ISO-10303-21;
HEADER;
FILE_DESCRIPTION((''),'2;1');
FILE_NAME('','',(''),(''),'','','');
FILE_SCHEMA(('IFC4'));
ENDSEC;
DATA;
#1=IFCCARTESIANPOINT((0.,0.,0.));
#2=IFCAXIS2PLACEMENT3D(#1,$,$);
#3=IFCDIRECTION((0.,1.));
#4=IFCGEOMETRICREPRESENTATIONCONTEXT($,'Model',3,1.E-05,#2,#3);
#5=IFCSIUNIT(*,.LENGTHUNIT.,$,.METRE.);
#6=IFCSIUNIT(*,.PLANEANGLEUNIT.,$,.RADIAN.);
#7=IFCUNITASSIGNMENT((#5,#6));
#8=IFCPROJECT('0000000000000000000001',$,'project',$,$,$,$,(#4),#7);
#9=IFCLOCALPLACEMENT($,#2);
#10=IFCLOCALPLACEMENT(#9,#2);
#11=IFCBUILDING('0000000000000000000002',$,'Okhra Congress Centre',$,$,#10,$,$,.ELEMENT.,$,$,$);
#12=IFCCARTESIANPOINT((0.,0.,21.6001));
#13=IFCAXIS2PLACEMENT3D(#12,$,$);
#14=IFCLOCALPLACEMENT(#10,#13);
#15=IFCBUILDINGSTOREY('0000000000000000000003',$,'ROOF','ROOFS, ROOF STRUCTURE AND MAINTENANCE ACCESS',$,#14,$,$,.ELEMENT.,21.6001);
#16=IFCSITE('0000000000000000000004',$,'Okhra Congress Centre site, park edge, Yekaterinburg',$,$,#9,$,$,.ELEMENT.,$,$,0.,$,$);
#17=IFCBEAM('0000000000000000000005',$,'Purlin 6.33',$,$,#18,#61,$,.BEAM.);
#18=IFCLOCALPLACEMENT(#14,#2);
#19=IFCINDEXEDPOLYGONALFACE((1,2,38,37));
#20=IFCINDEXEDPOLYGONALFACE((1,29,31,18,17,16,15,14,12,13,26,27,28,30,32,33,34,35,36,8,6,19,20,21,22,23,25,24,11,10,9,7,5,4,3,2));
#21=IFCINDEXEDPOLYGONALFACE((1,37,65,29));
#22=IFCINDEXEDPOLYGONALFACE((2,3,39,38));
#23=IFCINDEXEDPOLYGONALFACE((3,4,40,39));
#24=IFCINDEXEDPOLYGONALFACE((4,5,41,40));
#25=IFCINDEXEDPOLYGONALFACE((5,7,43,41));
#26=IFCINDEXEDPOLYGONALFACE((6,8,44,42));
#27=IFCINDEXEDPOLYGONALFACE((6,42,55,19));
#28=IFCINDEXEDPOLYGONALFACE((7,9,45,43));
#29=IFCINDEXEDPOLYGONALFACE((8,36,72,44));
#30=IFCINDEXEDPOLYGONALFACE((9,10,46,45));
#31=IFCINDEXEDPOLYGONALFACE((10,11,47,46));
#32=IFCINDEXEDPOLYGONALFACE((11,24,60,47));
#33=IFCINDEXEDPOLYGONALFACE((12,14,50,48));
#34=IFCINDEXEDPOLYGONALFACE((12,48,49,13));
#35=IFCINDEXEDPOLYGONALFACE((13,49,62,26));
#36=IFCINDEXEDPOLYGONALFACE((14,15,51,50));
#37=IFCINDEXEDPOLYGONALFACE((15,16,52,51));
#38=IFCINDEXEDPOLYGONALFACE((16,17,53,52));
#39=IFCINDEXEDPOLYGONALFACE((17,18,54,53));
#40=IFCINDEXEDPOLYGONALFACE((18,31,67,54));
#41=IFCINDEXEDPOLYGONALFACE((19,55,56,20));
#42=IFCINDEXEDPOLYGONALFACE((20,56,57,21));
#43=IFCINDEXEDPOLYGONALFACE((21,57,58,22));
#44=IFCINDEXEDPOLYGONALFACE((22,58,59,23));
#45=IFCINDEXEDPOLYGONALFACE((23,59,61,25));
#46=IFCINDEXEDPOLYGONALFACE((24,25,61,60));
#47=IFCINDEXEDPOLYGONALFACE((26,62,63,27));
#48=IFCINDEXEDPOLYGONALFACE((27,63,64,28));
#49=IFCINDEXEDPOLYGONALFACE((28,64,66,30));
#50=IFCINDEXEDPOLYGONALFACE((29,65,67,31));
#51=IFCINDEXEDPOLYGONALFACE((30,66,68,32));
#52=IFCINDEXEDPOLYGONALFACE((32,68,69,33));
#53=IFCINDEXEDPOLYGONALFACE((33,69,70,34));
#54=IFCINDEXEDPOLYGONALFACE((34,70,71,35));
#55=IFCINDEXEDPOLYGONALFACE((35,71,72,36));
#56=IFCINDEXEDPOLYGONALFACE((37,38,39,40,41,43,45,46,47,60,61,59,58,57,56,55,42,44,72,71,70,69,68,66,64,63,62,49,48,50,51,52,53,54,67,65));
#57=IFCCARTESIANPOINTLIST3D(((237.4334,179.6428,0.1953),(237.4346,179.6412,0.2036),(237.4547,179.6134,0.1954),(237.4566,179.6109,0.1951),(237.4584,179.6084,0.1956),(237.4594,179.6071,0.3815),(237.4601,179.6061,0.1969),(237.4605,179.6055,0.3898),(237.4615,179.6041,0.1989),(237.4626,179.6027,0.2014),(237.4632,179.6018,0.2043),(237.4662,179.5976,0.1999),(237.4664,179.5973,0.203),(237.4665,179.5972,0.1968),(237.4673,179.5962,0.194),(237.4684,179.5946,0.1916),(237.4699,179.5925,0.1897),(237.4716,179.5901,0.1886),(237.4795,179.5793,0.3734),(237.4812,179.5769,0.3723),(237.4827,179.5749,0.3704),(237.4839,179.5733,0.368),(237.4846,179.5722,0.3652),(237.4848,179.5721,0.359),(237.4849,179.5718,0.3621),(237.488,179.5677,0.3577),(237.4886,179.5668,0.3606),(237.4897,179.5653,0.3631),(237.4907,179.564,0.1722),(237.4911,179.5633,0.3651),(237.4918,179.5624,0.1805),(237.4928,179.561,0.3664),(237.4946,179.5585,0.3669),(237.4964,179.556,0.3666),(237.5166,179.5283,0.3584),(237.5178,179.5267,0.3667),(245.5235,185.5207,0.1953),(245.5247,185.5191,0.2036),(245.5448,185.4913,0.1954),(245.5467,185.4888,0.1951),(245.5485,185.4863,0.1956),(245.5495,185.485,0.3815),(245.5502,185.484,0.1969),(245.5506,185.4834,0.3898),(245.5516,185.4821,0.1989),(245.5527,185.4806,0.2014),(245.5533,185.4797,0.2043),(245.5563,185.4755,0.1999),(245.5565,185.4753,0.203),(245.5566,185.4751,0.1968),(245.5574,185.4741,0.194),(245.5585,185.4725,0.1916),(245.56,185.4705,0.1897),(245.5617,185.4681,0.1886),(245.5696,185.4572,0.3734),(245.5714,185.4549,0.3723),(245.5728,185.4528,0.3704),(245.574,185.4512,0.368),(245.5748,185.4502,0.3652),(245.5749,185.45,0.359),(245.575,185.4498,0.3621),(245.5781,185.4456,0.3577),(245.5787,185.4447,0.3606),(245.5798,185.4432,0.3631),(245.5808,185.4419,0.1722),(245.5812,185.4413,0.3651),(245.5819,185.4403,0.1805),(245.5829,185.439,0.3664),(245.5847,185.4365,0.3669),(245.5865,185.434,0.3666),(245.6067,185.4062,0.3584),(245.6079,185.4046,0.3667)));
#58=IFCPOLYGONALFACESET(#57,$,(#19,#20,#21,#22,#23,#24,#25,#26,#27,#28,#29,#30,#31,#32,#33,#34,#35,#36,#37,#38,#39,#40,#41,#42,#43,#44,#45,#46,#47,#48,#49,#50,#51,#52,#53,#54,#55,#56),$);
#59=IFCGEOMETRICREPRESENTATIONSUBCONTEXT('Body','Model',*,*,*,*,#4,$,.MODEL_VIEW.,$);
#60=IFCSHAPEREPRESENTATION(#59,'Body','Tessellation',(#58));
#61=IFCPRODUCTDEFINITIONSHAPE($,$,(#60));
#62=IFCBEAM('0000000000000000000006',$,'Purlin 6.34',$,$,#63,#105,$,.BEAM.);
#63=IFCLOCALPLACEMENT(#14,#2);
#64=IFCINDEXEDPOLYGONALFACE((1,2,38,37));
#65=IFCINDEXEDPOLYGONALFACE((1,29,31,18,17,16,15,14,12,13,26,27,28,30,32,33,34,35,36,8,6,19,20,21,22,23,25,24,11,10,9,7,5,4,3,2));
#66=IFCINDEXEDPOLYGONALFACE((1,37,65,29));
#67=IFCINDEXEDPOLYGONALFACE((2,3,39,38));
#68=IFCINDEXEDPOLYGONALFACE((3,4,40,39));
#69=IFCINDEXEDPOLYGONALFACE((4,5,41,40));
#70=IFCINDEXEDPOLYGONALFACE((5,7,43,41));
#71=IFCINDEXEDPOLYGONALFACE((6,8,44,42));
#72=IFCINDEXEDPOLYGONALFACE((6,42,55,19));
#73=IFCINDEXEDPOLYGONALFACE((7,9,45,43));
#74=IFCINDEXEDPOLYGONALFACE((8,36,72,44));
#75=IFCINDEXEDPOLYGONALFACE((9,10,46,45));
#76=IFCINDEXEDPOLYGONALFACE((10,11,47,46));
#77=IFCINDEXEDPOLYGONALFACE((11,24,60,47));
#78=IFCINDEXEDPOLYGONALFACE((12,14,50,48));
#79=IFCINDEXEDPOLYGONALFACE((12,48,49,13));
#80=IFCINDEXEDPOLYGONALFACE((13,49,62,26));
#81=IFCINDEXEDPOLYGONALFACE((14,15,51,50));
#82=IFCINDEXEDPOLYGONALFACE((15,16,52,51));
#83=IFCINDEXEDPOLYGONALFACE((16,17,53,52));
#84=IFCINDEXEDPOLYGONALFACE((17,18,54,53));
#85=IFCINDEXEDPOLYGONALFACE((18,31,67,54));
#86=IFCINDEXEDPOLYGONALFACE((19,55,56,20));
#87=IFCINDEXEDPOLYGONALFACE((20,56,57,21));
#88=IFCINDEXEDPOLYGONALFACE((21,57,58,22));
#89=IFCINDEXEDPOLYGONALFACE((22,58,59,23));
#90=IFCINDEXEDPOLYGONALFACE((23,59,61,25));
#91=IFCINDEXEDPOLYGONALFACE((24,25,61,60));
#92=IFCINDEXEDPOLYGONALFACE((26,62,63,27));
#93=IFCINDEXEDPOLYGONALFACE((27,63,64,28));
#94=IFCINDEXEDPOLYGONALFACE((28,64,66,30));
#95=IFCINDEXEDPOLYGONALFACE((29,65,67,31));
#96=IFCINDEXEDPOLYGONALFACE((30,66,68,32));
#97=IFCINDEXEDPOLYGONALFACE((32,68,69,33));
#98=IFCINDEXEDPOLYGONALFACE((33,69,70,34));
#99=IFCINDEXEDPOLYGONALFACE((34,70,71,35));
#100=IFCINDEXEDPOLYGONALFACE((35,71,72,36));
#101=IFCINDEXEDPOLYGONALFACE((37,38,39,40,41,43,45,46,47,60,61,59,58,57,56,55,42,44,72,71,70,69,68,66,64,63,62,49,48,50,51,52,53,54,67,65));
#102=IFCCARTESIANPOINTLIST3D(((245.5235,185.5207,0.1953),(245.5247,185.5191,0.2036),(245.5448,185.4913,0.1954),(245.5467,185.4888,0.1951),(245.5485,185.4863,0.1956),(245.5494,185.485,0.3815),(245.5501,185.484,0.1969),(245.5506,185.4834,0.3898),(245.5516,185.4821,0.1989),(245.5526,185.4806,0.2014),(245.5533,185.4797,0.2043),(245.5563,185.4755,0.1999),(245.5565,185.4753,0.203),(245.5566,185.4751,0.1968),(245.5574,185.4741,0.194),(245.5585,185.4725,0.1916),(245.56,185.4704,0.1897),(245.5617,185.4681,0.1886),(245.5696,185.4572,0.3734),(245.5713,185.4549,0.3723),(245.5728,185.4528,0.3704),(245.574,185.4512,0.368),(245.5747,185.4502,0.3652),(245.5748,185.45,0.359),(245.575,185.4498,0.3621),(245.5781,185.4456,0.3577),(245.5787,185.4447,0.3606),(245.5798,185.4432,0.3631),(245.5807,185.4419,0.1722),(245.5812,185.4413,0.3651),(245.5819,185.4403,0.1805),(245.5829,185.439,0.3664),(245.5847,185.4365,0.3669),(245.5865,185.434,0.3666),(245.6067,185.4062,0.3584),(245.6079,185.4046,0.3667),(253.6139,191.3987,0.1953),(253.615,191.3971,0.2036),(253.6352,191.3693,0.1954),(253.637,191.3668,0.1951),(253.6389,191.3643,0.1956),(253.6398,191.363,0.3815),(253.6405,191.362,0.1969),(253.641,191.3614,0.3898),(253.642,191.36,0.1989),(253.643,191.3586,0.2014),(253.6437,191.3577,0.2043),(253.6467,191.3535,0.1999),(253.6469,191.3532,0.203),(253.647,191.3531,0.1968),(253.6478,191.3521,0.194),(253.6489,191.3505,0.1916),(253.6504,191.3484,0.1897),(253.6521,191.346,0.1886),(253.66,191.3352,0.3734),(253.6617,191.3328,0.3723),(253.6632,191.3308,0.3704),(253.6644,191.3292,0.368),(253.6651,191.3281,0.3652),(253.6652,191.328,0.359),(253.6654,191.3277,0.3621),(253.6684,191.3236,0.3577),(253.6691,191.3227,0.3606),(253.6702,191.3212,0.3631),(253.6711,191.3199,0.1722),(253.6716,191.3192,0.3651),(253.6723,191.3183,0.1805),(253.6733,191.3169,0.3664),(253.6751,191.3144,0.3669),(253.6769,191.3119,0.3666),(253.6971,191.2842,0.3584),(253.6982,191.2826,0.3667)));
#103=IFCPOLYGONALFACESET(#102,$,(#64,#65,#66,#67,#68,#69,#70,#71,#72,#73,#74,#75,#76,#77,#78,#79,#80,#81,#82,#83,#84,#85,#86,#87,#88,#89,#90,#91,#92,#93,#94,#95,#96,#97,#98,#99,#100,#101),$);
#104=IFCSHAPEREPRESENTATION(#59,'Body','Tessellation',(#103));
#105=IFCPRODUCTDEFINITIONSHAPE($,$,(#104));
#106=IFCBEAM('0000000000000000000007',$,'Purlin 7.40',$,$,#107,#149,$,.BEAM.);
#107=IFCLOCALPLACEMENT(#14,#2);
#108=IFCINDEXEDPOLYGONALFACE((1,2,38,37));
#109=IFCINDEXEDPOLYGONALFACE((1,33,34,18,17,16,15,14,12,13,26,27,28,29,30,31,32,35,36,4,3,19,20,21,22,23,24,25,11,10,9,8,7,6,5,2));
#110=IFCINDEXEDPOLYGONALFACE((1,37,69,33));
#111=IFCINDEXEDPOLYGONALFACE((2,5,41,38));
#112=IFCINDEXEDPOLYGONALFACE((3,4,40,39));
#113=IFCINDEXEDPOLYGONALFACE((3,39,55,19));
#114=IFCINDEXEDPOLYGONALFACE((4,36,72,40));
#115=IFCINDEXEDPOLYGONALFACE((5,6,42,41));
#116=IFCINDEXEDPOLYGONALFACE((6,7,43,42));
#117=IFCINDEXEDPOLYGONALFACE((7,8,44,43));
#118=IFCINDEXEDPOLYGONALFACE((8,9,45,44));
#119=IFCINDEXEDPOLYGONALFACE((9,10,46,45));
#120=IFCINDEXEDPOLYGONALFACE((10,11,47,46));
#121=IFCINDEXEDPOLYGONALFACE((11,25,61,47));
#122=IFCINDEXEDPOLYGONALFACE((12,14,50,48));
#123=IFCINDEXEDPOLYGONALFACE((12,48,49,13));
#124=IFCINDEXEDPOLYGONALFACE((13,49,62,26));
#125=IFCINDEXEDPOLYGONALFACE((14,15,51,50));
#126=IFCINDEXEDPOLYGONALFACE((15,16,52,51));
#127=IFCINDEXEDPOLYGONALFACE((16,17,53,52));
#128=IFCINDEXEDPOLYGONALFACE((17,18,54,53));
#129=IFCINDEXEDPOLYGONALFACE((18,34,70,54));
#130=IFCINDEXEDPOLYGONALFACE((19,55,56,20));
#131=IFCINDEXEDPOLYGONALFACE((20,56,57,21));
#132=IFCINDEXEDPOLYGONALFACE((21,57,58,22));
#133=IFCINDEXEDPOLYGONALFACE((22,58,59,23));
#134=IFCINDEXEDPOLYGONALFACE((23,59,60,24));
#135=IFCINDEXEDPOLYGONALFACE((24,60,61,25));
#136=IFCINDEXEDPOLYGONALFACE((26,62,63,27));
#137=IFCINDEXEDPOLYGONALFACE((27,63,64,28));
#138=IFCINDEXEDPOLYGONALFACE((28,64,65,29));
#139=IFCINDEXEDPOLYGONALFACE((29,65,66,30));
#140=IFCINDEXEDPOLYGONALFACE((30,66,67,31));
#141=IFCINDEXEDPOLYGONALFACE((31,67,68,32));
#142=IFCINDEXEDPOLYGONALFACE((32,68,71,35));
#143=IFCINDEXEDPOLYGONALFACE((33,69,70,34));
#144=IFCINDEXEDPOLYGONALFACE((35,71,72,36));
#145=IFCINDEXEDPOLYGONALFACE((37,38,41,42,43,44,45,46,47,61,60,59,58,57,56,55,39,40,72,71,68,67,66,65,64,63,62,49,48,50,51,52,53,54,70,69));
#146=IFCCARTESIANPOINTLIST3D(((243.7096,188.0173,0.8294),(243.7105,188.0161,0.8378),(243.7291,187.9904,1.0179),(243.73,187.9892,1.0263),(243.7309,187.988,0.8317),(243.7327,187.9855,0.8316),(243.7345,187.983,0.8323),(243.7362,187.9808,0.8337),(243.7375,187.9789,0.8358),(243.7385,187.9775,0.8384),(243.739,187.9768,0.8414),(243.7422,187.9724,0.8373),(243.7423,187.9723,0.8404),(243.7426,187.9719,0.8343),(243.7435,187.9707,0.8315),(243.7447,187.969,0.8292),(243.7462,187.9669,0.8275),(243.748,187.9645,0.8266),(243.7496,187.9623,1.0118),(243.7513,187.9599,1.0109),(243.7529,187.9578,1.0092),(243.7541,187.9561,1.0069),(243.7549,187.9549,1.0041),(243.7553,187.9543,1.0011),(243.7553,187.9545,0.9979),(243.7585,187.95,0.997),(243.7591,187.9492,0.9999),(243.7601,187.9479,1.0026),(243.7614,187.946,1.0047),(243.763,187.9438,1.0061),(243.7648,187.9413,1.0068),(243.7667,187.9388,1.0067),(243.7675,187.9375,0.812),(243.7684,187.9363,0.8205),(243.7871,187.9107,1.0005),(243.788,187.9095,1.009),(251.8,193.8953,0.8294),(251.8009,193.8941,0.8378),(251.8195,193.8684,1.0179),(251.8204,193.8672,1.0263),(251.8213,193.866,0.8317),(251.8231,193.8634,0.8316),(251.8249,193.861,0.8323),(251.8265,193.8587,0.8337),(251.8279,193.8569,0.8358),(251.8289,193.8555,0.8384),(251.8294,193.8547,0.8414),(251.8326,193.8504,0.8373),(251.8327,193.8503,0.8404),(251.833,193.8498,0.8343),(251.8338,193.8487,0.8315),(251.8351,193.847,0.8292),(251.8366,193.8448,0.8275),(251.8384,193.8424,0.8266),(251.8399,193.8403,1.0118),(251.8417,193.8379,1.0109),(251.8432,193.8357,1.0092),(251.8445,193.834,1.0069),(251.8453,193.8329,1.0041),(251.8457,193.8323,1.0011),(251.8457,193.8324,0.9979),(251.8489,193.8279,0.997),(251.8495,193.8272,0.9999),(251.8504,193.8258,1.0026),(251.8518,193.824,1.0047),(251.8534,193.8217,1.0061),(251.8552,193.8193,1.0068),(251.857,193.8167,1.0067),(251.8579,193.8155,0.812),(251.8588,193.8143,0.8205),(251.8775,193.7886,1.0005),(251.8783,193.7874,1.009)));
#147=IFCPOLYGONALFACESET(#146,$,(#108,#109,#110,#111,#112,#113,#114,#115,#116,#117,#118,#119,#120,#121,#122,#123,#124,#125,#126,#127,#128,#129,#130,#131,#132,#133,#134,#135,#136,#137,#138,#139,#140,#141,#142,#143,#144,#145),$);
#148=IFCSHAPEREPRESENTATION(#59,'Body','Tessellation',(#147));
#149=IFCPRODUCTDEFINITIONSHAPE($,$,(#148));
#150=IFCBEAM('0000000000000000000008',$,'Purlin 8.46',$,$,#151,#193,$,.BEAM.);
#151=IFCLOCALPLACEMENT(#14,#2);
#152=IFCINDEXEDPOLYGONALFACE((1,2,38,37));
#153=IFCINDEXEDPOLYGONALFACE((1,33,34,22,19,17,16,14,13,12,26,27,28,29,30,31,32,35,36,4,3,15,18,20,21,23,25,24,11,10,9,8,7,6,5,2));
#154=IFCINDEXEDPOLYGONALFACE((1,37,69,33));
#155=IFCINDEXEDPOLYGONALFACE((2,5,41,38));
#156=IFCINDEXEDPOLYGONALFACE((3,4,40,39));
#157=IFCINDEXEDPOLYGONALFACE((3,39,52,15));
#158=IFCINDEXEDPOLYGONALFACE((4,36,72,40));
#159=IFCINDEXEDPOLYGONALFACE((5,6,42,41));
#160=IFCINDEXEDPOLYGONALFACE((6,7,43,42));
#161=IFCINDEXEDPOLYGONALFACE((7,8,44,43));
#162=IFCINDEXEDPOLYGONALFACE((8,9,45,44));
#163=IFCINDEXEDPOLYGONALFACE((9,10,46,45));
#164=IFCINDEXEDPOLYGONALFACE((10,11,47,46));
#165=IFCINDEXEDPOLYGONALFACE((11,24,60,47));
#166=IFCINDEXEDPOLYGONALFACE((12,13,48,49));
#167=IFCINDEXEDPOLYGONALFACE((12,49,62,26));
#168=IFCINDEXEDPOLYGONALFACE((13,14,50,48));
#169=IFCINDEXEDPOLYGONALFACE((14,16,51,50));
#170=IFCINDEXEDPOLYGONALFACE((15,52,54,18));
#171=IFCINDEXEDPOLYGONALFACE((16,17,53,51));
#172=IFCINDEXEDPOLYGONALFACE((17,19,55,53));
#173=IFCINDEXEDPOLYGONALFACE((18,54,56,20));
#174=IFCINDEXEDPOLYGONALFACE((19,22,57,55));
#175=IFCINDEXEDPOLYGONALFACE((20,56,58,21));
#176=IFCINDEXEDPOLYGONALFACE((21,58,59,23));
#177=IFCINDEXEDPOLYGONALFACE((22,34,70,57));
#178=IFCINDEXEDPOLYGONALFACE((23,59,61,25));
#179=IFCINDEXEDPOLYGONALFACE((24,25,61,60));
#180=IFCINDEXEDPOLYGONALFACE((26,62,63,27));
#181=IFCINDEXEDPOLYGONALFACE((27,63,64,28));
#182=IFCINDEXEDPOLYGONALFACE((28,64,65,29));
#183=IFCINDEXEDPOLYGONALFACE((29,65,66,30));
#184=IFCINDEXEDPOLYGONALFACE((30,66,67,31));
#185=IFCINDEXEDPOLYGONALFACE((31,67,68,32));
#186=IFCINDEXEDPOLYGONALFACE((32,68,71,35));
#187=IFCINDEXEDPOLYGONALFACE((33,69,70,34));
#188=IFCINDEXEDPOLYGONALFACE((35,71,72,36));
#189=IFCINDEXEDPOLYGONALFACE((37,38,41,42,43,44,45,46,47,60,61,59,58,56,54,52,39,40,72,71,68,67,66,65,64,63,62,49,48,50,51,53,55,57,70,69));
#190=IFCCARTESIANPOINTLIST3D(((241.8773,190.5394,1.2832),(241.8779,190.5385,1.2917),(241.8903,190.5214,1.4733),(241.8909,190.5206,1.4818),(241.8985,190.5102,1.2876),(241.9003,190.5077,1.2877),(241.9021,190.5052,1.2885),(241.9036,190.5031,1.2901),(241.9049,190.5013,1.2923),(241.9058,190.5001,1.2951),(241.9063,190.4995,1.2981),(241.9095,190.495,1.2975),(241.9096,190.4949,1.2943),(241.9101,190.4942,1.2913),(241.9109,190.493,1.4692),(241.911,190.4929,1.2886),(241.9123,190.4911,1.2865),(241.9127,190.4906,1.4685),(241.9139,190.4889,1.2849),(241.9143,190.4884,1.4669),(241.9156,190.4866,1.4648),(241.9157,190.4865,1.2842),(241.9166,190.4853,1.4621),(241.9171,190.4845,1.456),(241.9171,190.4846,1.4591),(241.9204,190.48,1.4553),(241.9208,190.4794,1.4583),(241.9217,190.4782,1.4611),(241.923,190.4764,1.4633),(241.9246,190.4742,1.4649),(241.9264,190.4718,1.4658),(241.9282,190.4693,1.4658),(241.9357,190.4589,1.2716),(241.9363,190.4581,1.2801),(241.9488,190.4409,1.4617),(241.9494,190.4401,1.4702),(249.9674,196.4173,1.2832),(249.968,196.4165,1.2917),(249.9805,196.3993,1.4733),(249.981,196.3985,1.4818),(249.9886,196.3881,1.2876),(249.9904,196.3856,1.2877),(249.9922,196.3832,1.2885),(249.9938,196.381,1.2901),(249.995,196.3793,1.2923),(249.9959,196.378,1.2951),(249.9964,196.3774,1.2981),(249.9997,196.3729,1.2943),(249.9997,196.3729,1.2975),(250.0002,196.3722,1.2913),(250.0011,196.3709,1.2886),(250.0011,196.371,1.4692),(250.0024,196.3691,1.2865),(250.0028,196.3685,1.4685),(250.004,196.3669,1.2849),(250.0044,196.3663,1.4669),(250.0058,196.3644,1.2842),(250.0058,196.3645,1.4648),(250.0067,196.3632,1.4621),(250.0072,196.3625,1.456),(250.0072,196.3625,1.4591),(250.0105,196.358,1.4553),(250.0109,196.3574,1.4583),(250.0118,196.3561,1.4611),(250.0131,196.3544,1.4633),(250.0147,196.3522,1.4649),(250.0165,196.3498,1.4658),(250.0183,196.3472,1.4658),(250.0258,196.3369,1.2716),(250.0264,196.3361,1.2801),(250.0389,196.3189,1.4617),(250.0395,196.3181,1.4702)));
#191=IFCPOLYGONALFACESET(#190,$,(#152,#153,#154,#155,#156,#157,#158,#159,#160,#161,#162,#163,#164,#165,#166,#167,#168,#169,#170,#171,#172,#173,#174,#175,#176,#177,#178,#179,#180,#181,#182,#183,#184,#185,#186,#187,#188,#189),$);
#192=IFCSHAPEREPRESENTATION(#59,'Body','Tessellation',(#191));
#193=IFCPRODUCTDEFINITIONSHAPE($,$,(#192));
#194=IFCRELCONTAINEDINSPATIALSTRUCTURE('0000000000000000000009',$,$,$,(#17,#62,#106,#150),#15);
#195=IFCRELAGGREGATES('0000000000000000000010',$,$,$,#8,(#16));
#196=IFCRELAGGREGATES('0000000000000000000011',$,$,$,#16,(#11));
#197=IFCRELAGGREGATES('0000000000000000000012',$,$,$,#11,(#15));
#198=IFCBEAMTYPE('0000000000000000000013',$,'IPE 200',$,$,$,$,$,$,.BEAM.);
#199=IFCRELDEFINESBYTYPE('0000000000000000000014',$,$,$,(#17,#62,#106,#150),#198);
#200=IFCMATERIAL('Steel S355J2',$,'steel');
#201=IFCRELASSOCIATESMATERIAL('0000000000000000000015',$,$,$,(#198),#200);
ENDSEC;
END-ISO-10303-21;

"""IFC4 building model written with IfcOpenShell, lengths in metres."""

from ifc_helpers import new_model, si_unit, direction, frame, origin, origin_2d, place, context, subcontext, project, spatial, i_section, extrude, material, material_profile, profile_set, type_object, element, save


model = new_model("IFC4")

# Units and contexts
model_context = context("Model", 3, precision=1e-05, world=origin(), true_north=direction((0.0, 1.0)))
body_context = subcontext(model_context, "Body", "Model", "MODEL_VIEW")
ifc_project = project(units=[si_unit("LENGTHUNIT", "METRE"), si_unit("PLANEANGLEUNIT", "RADIAN")], contexts=[model_context])

# Site, building, storey
site_placement = place(None, origin())
site = spatial("IfcSite", under=ifc_project, at=site_placement, Name="Okhra Congress Centre site, park edge, Yekaterinburg", CompositionType="ELEMENT", RefElevation=0.0)
building_placement = place(site_placement, origin())
building = spatial("IfcBuilding", under=site, at=building_placement, Name="Okhra Congress Centre", CompositionType="ELEMENT")
storey_placement = place(building_placement, frame((0.0, 0.0, 21.6001)))
storey = spatial("IfcBuildingStorey", under=building, at=storey_placement, Name="ROOF", Description="ROOFS, ROOF STRUCTURE AND MAINTENANCE ACCESS", CompositionType="ELEMENT", Elevation=21.6001)

# Beams
ifc_material_1 = material(Name="Steel S355J2", Category="steel")
ifc_material_profile_1 = material_profile(ifc_material_1, i_section(OverallWidth=0.1001, OverallDepth=0.2, WebThickness=0.0056, FlangeThickness=0.0085, FilletRadius=0.012, at=origin_2d()), Name="IPE 200")
ifc_profile_set_1 = profile_set([ifc_material_profile_1], Name="Steel S355J2")
beam_type = type_object("IfcBeamType", Name="IPE 200", PredefinedType="BEAM", material=ifc_profile_set_1)
beam_1_placement = place(storey_placement, frame((237.4756, 179.5847, 0.281), z_axis=(0.80901, 0.587794, 0.0), x_axis=(-0.57195, 0.787204, 0.230616)))
element("IfcBeam", 1, at=beam_1_placement, inside=storey, type_object=beam_type, Name="Purlin 6.33", PredefinedType="BEAM", context=body_context, shape_type="SweptSolid", body=[
    extrude(i_section(OverallWidth=0.1001, OverallDepth=0.2, WebThickness=0.0056, FlangeThickness=0.0085, FilletRadius=0.012, at=origin_2d()), origin(), (0.0, 0.0, 1.0), 10.0),
])
for number, where, z_axis, x_axis, name in (
    (2, (245.5657, 185.4626, 0.281), (0.809019, 0.587783, 0.0), (-0.571939, 0.787212, 0.230616), "Purlin 6.34"),
    (3, (243.7488, 187.9634, 0.9192), (0.809019, 0.587783, 0.0), (-0.578853, 0.796728, 0.173648), "Purlin 7.40"),
):
    element("IfcBeam", number, at=place(storey_placement, frame(where, z_axis=z_axis, x_axis=x_axis)), inside=storey, type_object=beam_type, Name=name, PredefinedType="BEAM", context=body_context, shape_type="SweptSolid", body=[
        extrude(i_section(OverallWidth=0.1001, OverallDepth=0.2, WebThickness=0.0056, FlangeThickness=0.0085, FilletRadius=0.012, at=origin_2d()), origin(), (0.0, 0.0, 1.0), 10.0002),
    ])
for number, where, z_axis, x_axis, name in (
    (4, (241.9133, 190.4897, 1.3767), (0.80901, 0.587794, 0.0), (-0.58382, 0.80354, 0.116093), "Purlin 8.46"),
):
    element("IfcBeam", number, at=place(storey_placement, frame(where, z_axis=z_axis, x_axis=x_axis)), inside=storey, type_object=beam_type, Name=name, PredefinedType="BEAM", context=body_context, shape_type="SweptSolid", body=[
        extrude(i_section(OverallWidth=0.1001, OverallDepth=0.2, WebThickness=0.0056, FlangeThickness=0.0085, FilletRadius=0.012, at=origin_2d()), origin(), (0.0, 0.0, 1.0), 10.0),
    ])

save(model, "model.ifc")
